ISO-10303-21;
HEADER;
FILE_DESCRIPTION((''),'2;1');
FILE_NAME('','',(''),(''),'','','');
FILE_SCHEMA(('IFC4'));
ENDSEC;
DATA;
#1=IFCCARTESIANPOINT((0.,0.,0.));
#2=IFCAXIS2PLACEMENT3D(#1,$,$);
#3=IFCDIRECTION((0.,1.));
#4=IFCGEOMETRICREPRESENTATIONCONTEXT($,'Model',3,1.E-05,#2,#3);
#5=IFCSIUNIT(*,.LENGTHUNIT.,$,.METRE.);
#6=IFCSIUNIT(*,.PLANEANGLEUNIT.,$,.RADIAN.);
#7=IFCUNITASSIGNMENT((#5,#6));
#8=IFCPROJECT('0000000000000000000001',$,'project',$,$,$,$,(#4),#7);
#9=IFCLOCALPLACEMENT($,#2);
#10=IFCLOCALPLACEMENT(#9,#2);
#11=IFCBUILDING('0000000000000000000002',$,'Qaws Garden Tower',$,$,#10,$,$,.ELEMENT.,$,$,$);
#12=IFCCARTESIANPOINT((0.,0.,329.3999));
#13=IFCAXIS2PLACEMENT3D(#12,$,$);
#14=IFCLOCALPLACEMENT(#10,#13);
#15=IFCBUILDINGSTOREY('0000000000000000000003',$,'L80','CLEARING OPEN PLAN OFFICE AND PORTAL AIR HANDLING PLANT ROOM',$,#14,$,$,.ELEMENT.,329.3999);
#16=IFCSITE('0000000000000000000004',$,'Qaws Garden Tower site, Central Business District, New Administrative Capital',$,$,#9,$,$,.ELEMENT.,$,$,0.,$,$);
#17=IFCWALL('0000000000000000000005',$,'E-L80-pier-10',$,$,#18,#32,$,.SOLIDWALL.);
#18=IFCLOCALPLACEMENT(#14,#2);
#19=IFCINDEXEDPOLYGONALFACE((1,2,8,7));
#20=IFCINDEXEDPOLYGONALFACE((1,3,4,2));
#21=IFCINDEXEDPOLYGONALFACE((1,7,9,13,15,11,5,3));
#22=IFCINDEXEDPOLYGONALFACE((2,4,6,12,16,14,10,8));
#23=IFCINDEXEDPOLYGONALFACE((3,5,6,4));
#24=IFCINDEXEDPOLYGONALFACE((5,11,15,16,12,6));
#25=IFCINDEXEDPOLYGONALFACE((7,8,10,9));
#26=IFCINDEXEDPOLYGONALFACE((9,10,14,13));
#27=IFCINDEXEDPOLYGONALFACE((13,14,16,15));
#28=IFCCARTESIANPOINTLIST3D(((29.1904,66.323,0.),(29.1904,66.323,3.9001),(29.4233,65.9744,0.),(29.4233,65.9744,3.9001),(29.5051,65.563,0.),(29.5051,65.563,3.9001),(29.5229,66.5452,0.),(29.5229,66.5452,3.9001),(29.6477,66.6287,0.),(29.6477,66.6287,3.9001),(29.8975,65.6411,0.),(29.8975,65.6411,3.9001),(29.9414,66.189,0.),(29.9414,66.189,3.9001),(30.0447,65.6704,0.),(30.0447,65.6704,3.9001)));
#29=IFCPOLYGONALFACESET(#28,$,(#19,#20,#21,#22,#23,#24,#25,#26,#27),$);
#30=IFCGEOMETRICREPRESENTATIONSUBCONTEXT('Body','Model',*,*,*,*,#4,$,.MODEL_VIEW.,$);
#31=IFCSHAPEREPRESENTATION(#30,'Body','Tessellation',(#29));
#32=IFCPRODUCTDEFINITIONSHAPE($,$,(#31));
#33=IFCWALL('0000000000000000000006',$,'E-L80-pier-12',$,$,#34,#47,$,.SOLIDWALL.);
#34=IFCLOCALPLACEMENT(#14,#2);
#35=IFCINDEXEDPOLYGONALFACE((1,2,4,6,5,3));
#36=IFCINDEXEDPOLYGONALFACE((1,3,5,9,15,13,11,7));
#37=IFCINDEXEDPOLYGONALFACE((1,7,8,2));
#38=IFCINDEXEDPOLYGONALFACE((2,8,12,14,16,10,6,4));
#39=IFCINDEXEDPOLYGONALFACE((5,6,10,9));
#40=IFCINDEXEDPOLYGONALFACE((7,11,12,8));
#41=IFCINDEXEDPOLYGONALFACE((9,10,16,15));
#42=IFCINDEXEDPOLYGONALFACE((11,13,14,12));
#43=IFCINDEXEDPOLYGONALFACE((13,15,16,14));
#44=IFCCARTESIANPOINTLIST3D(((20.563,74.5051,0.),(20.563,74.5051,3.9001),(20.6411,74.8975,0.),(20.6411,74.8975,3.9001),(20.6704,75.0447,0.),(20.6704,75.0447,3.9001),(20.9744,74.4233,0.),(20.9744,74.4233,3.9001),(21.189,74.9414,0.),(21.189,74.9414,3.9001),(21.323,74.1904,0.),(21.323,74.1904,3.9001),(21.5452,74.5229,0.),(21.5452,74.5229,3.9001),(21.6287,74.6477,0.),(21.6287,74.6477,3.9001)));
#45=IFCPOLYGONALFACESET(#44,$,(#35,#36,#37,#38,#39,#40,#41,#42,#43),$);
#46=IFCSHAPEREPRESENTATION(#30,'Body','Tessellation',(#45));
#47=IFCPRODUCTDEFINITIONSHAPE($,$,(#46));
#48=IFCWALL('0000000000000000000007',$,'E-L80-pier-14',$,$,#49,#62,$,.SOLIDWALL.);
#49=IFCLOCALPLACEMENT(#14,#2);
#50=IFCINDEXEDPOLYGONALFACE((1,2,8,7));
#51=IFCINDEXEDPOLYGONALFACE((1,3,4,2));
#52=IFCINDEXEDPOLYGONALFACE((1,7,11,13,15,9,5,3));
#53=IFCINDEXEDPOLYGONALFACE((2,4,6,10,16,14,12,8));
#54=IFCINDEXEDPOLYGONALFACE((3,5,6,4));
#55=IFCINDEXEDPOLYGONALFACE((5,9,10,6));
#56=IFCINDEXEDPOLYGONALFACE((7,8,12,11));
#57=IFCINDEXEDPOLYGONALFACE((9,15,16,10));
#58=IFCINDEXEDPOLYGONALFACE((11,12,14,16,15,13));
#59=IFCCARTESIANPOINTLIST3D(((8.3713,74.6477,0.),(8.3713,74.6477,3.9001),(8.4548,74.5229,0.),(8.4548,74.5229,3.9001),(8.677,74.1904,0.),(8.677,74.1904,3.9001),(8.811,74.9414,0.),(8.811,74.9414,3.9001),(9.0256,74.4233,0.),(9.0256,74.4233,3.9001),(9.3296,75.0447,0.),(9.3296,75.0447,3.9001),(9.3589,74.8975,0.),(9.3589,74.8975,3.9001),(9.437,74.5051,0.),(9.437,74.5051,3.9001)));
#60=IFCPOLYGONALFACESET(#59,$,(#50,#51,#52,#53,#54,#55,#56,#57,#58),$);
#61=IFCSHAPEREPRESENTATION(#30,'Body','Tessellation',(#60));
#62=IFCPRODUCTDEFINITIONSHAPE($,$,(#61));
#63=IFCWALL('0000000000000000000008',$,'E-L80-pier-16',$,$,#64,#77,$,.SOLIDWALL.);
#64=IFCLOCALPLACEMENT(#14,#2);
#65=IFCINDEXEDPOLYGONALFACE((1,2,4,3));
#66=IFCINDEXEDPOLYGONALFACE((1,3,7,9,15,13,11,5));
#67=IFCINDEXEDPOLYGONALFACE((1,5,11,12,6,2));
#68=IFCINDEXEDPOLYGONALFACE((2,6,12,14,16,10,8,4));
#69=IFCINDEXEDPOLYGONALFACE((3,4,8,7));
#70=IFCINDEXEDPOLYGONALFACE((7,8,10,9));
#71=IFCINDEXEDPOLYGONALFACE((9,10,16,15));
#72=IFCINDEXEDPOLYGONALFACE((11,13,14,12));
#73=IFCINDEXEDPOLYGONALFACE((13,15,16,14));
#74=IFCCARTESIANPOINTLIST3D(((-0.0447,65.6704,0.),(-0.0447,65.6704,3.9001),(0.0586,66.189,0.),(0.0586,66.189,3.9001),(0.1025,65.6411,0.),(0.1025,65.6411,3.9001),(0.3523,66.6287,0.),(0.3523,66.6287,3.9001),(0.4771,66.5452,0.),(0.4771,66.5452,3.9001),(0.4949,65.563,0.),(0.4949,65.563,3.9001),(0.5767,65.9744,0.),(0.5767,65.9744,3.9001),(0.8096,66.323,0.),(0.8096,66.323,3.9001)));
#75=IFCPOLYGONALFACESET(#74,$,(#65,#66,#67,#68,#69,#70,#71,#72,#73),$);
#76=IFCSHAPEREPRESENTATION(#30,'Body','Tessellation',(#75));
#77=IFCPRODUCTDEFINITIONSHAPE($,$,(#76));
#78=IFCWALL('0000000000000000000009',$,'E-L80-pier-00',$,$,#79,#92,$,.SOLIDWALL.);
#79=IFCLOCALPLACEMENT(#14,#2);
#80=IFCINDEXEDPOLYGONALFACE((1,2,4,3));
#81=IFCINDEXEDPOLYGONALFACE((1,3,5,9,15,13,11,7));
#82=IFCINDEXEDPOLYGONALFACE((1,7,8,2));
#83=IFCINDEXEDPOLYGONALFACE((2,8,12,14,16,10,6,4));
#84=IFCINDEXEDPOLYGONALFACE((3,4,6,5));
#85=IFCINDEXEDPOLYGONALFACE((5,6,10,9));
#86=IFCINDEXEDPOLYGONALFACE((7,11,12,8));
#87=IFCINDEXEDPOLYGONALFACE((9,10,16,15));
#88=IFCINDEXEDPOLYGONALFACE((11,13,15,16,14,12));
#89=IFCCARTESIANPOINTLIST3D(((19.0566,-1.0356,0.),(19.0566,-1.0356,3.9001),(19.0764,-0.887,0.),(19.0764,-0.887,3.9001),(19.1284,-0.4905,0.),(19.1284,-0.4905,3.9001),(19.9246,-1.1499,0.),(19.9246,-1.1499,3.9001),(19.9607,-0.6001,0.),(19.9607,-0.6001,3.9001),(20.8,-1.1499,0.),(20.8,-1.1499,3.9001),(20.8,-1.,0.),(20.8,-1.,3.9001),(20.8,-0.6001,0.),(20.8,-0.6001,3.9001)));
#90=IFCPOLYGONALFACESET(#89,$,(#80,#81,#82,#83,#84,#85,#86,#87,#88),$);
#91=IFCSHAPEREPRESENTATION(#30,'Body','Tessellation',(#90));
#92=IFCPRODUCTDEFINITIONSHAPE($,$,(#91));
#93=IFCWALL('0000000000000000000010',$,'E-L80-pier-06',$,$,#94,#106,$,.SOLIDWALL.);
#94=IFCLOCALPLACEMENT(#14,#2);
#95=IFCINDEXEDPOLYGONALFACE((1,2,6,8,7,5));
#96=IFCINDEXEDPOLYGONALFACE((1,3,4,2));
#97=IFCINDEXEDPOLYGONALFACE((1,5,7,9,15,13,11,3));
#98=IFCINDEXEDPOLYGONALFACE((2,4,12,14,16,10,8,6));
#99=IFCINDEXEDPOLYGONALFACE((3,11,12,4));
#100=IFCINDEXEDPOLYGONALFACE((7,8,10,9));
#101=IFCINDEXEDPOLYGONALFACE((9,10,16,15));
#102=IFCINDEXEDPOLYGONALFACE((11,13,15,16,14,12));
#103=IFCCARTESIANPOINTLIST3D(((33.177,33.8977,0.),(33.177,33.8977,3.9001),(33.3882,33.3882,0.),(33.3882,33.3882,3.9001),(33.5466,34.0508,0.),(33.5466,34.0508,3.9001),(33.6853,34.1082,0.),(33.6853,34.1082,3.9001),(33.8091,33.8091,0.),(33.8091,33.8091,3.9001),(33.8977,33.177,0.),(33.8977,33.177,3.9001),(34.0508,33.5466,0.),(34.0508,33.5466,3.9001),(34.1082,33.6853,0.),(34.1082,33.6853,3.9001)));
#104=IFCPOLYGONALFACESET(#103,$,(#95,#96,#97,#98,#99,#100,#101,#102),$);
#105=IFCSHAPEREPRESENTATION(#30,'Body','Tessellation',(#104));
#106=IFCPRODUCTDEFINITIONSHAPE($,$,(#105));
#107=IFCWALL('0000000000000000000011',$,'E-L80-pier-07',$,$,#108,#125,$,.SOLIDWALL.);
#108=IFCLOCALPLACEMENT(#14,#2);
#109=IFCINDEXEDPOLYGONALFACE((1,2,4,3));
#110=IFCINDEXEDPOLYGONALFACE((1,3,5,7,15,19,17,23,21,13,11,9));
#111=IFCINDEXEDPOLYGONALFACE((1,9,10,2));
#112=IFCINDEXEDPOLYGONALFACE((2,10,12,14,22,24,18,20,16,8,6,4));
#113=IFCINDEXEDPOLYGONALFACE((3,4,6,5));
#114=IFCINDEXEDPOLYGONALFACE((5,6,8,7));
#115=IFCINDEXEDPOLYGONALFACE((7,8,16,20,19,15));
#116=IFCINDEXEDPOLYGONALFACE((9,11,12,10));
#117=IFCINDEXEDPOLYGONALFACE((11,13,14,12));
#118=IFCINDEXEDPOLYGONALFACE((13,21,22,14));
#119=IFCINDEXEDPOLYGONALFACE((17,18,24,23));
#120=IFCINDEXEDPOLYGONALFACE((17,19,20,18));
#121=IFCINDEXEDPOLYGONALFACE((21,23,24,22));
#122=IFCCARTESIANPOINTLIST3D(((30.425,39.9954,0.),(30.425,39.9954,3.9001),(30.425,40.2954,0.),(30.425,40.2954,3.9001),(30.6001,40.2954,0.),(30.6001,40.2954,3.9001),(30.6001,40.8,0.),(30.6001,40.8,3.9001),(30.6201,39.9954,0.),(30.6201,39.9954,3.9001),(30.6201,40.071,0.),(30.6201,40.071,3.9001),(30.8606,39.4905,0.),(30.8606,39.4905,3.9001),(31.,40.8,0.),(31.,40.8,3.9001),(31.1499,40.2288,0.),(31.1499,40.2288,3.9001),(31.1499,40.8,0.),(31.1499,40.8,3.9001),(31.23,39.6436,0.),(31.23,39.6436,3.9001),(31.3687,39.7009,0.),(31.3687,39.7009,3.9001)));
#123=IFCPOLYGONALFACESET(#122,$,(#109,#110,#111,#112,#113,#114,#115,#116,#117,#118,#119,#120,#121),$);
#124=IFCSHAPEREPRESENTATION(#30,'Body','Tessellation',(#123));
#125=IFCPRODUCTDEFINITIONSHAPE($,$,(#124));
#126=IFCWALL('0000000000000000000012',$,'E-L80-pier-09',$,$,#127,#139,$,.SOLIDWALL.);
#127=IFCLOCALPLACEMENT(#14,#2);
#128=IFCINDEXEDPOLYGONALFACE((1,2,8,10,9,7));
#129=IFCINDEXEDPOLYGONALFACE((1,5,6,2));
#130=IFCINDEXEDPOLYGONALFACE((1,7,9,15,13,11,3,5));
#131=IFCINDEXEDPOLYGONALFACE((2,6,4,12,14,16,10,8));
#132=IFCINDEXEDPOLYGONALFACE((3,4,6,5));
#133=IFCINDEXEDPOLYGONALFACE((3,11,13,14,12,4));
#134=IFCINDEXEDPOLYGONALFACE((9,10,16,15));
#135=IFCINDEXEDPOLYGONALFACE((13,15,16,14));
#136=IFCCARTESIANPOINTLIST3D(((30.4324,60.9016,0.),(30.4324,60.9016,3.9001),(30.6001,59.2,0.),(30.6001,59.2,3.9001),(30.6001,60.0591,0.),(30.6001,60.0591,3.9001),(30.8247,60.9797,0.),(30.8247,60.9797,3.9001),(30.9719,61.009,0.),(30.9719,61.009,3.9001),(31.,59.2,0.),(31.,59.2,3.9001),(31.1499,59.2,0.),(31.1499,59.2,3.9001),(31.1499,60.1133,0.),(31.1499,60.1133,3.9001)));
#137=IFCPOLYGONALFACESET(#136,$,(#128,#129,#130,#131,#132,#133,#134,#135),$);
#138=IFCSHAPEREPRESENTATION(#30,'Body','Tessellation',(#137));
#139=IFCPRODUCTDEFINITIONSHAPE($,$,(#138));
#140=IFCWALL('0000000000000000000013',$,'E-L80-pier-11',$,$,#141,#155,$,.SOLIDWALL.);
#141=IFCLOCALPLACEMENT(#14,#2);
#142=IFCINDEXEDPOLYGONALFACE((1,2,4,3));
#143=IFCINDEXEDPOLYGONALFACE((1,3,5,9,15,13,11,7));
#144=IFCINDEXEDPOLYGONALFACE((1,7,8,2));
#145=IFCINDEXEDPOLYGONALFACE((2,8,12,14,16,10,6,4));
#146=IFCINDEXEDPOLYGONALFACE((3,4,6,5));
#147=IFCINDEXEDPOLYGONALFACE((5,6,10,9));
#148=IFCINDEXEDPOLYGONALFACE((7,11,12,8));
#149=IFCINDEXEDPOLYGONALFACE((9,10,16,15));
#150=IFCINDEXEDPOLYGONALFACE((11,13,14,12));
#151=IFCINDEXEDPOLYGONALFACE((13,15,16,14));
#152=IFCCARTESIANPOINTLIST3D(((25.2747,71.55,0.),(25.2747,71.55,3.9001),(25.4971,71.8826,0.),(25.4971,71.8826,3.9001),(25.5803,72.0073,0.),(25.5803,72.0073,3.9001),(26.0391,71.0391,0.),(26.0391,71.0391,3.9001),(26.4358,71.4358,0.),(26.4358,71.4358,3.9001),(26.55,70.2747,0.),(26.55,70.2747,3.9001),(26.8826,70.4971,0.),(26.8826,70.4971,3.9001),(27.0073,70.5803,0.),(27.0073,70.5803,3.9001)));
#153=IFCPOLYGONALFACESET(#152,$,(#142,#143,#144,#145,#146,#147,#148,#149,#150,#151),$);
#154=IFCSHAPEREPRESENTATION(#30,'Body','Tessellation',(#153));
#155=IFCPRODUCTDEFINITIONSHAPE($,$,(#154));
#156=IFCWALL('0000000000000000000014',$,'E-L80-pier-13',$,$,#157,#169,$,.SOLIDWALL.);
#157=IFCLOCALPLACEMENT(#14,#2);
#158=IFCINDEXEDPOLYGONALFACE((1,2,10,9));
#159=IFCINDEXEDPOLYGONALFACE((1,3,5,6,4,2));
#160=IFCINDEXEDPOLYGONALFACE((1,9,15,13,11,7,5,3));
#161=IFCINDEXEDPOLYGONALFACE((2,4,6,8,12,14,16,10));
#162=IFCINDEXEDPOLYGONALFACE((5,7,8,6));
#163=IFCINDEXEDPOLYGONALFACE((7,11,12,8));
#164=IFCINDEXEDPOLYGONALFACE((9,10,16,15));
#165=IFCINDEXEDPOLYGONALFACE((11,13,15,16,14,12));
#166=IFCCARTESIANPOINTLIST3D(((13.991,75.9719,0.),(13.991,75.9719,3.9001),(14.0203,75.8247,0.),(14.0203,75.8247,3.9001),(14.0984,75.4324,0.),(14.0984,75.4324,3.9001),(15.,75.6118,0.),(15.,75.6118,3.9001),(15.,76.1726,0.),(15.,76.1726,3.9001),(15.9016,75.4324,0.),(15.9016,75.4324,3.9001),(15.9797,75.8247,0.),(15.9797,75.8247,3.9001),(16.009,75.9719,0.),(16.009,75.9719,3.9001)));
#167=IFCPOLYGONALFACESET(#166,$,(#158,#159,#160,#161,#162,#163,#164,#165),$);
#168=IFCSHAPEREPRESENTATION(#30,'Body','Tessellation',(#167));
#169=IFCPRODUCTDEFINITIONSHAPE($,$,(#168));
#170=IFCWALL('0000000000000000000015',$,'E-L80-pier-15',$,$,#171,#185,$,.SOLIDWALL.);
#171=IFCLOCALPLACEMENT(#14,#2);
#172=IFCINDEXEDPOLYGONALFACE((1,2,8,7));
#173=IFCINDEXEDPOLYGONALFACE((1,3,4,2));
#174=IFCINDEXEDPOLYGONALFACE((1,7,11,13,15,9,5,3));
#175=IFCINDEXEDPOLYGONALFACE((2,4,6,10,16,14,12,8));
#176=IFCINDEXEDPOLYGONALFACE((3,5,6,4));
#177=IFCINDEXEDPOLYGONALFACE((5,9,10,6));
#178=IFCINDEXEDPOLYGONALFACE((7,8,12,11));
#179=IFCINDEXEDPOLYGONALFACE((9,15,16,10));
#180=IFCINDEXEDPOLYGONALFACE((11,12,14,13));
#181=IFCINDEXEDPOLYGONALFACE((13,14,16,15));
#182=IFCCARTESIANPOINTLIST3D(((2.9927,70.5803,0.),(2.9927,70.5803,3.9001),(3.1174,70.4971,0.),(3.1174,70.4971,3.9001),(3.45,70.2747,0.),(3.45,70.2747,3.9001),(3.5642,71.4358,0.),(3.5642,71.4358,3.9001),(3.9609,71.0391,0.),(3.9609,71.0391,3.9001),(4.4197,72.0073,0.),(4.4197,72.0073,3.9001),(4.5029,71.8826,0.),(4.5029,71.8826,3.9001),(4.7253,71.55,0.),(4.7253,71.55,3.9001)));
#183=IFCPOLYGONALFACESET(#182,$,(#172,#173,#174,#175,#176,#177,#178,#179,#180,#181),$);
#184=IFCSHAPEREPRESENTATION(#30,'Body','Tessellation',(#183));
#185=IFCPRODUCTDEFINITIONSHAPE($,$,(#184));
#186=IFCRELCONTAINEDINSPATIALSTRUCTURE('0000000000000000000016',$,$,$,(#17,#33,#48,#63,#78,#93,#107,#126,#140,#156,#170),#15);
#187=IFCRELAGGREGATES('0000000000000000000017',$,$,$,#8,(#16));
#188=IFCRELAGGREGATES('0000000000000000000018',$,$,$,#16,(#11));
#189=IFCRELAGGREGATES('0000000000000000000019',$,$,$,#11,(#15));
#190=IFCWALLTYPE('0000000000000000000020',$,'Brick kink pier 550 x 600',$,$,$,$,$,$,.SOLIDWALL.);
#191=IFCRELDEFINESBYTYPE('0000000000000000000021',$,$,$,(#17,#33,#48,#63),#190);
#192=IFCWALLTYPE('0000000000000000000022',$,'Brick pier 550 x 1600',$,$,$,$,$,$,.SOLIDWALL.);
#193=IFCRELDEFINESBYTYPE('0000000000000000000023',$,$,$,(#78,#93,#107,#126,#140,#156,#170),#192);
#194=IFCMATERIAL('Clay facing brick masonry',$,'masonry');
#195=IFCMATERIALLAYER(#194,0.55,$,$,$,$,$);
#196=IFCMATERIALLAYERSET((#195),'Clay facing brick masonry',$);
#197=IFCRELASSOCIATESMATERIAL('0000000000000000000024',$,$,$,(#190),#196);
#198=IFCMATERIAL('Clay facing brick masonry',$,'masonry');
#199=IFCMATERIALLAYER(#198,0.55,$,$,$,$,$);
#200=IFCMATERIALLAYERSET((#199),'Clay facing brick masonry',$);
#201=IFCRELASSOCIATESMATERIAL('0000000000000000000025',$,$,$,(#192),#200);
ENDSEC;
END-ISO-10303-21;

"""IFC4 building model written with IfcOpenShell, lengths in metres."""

from ifc_helpers import new_model, si_unit, direction, frame, origin, place, context, subcontext, project, spatial, polyline, outline, extrude, material, layer, layer_set, type_object, element, save


model = new_model("IFC4")

# Units and contexts
model_context = context("Model", 3, precision=1e-05, world=origin(), true_north=direction((0.0, 1.0)))
body_context = subcontext(model_context, "Body", "Model", "MODEL_VIEW")
ifc_project = project(units=[si_unit("LENGTHUNIT", "METRE"), si_unit("PLANEANGLEUNIT", "RADIAN")], contexts=[model_context])

# Site, building, storey
site_placement = place(None, origin())
site = spatial("IfcSite", under=ifc_project, at=site_placement, Name="Qaws Garden Tower site, Central Business District, New Administrative Capital", CompositionType="ELEMENT", RefElevation=0.0)
building_placement = place(site_placement, origin())
building = spatial("IfcBuilding", under=site, at=building_placement, Name="Qaws Garden Tower", CompositionType="ELEMENT")
storey_placement = place(building_placement, frame((0.0, 0.0, 329.3999)))
storey = spatial("IfcBuildingStorey", under=building, at=storey_placement, Name="L80", Description="CLEARING OPEN PLAN OFFICE AND PORTAL AIR HANDLING PLANT ROOM", CompositionType="ELEMENT", Elevation=329.3999)

# Walls
placement_1 = place(storey_placement, origin())
ifc_material_1 = material(Name="Clay facing brick masonry", Category="masonry")
ifc_layer_1 = layer(ifc_material_1, 0.55)
ifc_layer_set_1 = layer_set([ifc_layer_1], Name="Clay facing brick masonry")
wall_type_1 = type_object("IfcWallType", Name="Brick kink pier 550 x 600", PredefinedType="SOLIDWALL", material=ifc_layer_set_1)
element("IfcWall", 1, at=placement_1, inside=storey, type_object=wall_type_1, Name="E-L80-pier-10", PredefinedType="SOLIDWALL", context=body_context, shape_type="SweptSolid", body=[
    extrude(outline(polyline([(29.8975, 65.6411), (30.0447, 65.6704), (29.9414, 66.189), (29.6477, 66.6287), (29.5229, 66.5452), (29.1904, 66.323), (29.4233, 65.9744), (29.5051, 65.563), (29.8975, 65.6411)])), origin(), (0.0, 0.0, 1.0), 3.9001),
])
element("IfcWall", 2, at=placement_1, inside=storey, type_object=wall_type_1, Name="E-L80-pier-12", PredefinedType="SOLIDWALL", context=body_context, shape_type="SweptSolid", body=[
    extrude(outline(polyline([(21.5452, 74.5229), (21.6287, 74.6477), (21.189, 74.9414), (20.6704, 75.0447), (20.6411, 74.8975), (20.563, 74.5051), (20.9744, 74.4233), (21.323, 74.1904), (21.5452, 74.5229)])), origin(), (0.0, 0.0, 1.0), 3.9001),
])
element("IfcWall", 3, at=placement_1, inside=storey, type_object=wall_type_1, Name="E-L80-pier-14", PredefinedType="SOLIDWALL", context=body_context, shape_type="SweptSolid", body=[
    extrude(outline(polyline([(9.3589, 74.8975), (9.3296, 75.0447), (8.811, 74.9414), (8.3713, 74.6477), (8.4548, 74.5229), (8.677, 74.1904), (9.0256, 74.4233), (9.437, 74.5051), (9.3589, 74.8975)])), origin(), (0.0, 0.0, 1.0), 3.9001),
])
element("IfcWall", 4, at=placement_1, inside=storey, type_object=wall_type_1, Name="E-L80-pier-16", PredefinedType="SOLIDWALL", context=body_context, shape_type="SweptSolid", body=[
    extrude(outline(polyline([(0.4771, 66.5452), (0.3523, 66.6287), (0.0586, 66.189), (-0.0447, 65.6704), (0.1025, 65.6411), (0.4949, 65.563), (0.5767, 65.9744), (0.8096, 66.323), (0.4771, 66.5452)])), origin(), (0.0, 0.0, 1.0), 3.9001),
])
ifc_material_2 = material(Name="Clay facing brick masonry", Category="masonry")
ifc_layer_2 = layer(ifc_material_2, 0.55)
ifc_layer_set_2 = layer_set([ifc_layer_2], Name="Clay facing brick masonry")
wall_type_2 = type_object("IfcWallType", Name="Brick pier 550 x 1600", PredefinedType="SOLIDWALL", material=ifc_layer_set_2)
element("IfcWall", 5, at=placement_1, inside=storey, type_object=wall_type_2, Name="E-L80-pier-00", PredefinedType="SOLIDWALL", context=body_context, shape_type="SweptSolid", body=[
    extrude(outline(polyline([(19.0764, -0.887), (19.0566, -1.0356), (19.9246, -1.1499), (20.8, -1.1499), (20.8, -1.0), (20.8, -0.6001), (19.9607, -0.6001), (19.1284, -0.4905), (19.0764, -0.887)])), origin(), (0.0, 0.0, 1.0), 3.9001),
])
element("IfcWall", 6, at=placement_1, inside=storey, type_object=wall_type_2, Name="E-L80-pier-06", PredefinedType="SOLIDWALL", context=body_context, shape_type="SweptSolid", body=[
    extrude(outline(polyline([(34.0508, 33.5466), (34.1082, 33.6853), (33.8091, 33.8091), (33.6853, 34.1082), (33.5466, 34.0508), (33.177, 33.8977), (33.3882, 33.3882), (33.8977, 33.177), (34.0508, 33.5466)])), origin(), (0.0, 0.0, 1.0), 3.9001),
])
element("IfcWall", 7, at=placement_1, inside=storey, type_object=wall_type_2, Name="E-L80-pier-07", PredefinedType="SOLIDWALL", context=body_context, shape_type="SweptSolid", body=[
    extrude(outline(polyline([(30.6201, 39.9954), (30.6201, 40.071), (30.8606, 39.4905), (31.23, 39.6436), (31.3687, 39.7009), (31.1499, 40.2288), (31.1499, 40.8), (31.0, 40.8), (30.6001, 40.8), (30.6001, 40.2954), (30.425, 40.2954), (30.425, 39.9954), (30.6201, 39.9954)])), origin(), (0.0, 0.0, 1.0), 3.9001),
])
element("IfcWall", 8, at=placement_1, inside=storey, type_object=wall_type_2, Name="E-L80-pier-09", PredefinedType="SOLIDWALL", context=body_context, shape_type="SweptSolid", body=[
    extrude(outline(polyline([(31.0, 59.2), (31.1499, 59.2), (31.1499, 60.1133), (30.9719, 61.009), (30.8247, 60.9797), (30.4324, 60.9016), (30.6001, 60.0591), (30.6001, 59.2), (31.0, 59.2)])), origin(), (0.0, 0.0, 1.0), 3.9001),
])
element("IfcWall", 9, at=placement_1, inside=storey, type_object=wall_type_2, Name="E-L80-pier-11", PredefinedType="SOLIDWALL", context=body_context, shape_type="SweptSolid", body=[
    extrude(outline(polyline([(26.8826, 70.4971), (27.0073, 70.5803), (26.4358, 71.4358), (25.5803, 72.0073), (25.4971, 71.8826), (25.2747, 71.55), (26.0391, 71.0391), (26.55, 70.2747), (26.8826, 70.4971)])), origin(), (0.0, 0.0, 1.0), 3.9001),
])
element("IfcWall", 10, at=placement_1, inside=storey, type_object=wall_type_2, Name="E-L80-pier-13", PredefinedType="SOLIDWALL", context=body_context, shape_type="SweptSolid", body=[
    extrude(outline(polyline([(15.9797, 75.8247), (16.009, 75.9719), (15.0, 76.1726), (13.991, 75.9719), (14.0203, 75.8247), (14.0984, 75.4324), (15.0, 75.6118), (15.9016, 75.4324), (15.9797, 75.8247)])), origin(), (0.0, 0.0, 1.0), 3.9001),
])
element("IfcWall", 11, at=placement_1, inside=storey, type_object=wall_type_2, Name="E-L80-pier-15", PredefinedType="SOLIDWALL", context=body_context, shape_type="SweptSolid", body=[
    extrude(outline(polyline([(4.5029, 71.8826), (4.4197, 72.0073), (3.5642, 71.4358), (2.9927, 70.5803), (3.1174, 70.4971), (3.45, 70.2747), (3.9609, 71.0391), (4.7253, 71.55), (4.5029, 71.8826)])), origin(), (0.0, 0.0, 1.0), 3.9001),
])

save(model, "model.ifc")
